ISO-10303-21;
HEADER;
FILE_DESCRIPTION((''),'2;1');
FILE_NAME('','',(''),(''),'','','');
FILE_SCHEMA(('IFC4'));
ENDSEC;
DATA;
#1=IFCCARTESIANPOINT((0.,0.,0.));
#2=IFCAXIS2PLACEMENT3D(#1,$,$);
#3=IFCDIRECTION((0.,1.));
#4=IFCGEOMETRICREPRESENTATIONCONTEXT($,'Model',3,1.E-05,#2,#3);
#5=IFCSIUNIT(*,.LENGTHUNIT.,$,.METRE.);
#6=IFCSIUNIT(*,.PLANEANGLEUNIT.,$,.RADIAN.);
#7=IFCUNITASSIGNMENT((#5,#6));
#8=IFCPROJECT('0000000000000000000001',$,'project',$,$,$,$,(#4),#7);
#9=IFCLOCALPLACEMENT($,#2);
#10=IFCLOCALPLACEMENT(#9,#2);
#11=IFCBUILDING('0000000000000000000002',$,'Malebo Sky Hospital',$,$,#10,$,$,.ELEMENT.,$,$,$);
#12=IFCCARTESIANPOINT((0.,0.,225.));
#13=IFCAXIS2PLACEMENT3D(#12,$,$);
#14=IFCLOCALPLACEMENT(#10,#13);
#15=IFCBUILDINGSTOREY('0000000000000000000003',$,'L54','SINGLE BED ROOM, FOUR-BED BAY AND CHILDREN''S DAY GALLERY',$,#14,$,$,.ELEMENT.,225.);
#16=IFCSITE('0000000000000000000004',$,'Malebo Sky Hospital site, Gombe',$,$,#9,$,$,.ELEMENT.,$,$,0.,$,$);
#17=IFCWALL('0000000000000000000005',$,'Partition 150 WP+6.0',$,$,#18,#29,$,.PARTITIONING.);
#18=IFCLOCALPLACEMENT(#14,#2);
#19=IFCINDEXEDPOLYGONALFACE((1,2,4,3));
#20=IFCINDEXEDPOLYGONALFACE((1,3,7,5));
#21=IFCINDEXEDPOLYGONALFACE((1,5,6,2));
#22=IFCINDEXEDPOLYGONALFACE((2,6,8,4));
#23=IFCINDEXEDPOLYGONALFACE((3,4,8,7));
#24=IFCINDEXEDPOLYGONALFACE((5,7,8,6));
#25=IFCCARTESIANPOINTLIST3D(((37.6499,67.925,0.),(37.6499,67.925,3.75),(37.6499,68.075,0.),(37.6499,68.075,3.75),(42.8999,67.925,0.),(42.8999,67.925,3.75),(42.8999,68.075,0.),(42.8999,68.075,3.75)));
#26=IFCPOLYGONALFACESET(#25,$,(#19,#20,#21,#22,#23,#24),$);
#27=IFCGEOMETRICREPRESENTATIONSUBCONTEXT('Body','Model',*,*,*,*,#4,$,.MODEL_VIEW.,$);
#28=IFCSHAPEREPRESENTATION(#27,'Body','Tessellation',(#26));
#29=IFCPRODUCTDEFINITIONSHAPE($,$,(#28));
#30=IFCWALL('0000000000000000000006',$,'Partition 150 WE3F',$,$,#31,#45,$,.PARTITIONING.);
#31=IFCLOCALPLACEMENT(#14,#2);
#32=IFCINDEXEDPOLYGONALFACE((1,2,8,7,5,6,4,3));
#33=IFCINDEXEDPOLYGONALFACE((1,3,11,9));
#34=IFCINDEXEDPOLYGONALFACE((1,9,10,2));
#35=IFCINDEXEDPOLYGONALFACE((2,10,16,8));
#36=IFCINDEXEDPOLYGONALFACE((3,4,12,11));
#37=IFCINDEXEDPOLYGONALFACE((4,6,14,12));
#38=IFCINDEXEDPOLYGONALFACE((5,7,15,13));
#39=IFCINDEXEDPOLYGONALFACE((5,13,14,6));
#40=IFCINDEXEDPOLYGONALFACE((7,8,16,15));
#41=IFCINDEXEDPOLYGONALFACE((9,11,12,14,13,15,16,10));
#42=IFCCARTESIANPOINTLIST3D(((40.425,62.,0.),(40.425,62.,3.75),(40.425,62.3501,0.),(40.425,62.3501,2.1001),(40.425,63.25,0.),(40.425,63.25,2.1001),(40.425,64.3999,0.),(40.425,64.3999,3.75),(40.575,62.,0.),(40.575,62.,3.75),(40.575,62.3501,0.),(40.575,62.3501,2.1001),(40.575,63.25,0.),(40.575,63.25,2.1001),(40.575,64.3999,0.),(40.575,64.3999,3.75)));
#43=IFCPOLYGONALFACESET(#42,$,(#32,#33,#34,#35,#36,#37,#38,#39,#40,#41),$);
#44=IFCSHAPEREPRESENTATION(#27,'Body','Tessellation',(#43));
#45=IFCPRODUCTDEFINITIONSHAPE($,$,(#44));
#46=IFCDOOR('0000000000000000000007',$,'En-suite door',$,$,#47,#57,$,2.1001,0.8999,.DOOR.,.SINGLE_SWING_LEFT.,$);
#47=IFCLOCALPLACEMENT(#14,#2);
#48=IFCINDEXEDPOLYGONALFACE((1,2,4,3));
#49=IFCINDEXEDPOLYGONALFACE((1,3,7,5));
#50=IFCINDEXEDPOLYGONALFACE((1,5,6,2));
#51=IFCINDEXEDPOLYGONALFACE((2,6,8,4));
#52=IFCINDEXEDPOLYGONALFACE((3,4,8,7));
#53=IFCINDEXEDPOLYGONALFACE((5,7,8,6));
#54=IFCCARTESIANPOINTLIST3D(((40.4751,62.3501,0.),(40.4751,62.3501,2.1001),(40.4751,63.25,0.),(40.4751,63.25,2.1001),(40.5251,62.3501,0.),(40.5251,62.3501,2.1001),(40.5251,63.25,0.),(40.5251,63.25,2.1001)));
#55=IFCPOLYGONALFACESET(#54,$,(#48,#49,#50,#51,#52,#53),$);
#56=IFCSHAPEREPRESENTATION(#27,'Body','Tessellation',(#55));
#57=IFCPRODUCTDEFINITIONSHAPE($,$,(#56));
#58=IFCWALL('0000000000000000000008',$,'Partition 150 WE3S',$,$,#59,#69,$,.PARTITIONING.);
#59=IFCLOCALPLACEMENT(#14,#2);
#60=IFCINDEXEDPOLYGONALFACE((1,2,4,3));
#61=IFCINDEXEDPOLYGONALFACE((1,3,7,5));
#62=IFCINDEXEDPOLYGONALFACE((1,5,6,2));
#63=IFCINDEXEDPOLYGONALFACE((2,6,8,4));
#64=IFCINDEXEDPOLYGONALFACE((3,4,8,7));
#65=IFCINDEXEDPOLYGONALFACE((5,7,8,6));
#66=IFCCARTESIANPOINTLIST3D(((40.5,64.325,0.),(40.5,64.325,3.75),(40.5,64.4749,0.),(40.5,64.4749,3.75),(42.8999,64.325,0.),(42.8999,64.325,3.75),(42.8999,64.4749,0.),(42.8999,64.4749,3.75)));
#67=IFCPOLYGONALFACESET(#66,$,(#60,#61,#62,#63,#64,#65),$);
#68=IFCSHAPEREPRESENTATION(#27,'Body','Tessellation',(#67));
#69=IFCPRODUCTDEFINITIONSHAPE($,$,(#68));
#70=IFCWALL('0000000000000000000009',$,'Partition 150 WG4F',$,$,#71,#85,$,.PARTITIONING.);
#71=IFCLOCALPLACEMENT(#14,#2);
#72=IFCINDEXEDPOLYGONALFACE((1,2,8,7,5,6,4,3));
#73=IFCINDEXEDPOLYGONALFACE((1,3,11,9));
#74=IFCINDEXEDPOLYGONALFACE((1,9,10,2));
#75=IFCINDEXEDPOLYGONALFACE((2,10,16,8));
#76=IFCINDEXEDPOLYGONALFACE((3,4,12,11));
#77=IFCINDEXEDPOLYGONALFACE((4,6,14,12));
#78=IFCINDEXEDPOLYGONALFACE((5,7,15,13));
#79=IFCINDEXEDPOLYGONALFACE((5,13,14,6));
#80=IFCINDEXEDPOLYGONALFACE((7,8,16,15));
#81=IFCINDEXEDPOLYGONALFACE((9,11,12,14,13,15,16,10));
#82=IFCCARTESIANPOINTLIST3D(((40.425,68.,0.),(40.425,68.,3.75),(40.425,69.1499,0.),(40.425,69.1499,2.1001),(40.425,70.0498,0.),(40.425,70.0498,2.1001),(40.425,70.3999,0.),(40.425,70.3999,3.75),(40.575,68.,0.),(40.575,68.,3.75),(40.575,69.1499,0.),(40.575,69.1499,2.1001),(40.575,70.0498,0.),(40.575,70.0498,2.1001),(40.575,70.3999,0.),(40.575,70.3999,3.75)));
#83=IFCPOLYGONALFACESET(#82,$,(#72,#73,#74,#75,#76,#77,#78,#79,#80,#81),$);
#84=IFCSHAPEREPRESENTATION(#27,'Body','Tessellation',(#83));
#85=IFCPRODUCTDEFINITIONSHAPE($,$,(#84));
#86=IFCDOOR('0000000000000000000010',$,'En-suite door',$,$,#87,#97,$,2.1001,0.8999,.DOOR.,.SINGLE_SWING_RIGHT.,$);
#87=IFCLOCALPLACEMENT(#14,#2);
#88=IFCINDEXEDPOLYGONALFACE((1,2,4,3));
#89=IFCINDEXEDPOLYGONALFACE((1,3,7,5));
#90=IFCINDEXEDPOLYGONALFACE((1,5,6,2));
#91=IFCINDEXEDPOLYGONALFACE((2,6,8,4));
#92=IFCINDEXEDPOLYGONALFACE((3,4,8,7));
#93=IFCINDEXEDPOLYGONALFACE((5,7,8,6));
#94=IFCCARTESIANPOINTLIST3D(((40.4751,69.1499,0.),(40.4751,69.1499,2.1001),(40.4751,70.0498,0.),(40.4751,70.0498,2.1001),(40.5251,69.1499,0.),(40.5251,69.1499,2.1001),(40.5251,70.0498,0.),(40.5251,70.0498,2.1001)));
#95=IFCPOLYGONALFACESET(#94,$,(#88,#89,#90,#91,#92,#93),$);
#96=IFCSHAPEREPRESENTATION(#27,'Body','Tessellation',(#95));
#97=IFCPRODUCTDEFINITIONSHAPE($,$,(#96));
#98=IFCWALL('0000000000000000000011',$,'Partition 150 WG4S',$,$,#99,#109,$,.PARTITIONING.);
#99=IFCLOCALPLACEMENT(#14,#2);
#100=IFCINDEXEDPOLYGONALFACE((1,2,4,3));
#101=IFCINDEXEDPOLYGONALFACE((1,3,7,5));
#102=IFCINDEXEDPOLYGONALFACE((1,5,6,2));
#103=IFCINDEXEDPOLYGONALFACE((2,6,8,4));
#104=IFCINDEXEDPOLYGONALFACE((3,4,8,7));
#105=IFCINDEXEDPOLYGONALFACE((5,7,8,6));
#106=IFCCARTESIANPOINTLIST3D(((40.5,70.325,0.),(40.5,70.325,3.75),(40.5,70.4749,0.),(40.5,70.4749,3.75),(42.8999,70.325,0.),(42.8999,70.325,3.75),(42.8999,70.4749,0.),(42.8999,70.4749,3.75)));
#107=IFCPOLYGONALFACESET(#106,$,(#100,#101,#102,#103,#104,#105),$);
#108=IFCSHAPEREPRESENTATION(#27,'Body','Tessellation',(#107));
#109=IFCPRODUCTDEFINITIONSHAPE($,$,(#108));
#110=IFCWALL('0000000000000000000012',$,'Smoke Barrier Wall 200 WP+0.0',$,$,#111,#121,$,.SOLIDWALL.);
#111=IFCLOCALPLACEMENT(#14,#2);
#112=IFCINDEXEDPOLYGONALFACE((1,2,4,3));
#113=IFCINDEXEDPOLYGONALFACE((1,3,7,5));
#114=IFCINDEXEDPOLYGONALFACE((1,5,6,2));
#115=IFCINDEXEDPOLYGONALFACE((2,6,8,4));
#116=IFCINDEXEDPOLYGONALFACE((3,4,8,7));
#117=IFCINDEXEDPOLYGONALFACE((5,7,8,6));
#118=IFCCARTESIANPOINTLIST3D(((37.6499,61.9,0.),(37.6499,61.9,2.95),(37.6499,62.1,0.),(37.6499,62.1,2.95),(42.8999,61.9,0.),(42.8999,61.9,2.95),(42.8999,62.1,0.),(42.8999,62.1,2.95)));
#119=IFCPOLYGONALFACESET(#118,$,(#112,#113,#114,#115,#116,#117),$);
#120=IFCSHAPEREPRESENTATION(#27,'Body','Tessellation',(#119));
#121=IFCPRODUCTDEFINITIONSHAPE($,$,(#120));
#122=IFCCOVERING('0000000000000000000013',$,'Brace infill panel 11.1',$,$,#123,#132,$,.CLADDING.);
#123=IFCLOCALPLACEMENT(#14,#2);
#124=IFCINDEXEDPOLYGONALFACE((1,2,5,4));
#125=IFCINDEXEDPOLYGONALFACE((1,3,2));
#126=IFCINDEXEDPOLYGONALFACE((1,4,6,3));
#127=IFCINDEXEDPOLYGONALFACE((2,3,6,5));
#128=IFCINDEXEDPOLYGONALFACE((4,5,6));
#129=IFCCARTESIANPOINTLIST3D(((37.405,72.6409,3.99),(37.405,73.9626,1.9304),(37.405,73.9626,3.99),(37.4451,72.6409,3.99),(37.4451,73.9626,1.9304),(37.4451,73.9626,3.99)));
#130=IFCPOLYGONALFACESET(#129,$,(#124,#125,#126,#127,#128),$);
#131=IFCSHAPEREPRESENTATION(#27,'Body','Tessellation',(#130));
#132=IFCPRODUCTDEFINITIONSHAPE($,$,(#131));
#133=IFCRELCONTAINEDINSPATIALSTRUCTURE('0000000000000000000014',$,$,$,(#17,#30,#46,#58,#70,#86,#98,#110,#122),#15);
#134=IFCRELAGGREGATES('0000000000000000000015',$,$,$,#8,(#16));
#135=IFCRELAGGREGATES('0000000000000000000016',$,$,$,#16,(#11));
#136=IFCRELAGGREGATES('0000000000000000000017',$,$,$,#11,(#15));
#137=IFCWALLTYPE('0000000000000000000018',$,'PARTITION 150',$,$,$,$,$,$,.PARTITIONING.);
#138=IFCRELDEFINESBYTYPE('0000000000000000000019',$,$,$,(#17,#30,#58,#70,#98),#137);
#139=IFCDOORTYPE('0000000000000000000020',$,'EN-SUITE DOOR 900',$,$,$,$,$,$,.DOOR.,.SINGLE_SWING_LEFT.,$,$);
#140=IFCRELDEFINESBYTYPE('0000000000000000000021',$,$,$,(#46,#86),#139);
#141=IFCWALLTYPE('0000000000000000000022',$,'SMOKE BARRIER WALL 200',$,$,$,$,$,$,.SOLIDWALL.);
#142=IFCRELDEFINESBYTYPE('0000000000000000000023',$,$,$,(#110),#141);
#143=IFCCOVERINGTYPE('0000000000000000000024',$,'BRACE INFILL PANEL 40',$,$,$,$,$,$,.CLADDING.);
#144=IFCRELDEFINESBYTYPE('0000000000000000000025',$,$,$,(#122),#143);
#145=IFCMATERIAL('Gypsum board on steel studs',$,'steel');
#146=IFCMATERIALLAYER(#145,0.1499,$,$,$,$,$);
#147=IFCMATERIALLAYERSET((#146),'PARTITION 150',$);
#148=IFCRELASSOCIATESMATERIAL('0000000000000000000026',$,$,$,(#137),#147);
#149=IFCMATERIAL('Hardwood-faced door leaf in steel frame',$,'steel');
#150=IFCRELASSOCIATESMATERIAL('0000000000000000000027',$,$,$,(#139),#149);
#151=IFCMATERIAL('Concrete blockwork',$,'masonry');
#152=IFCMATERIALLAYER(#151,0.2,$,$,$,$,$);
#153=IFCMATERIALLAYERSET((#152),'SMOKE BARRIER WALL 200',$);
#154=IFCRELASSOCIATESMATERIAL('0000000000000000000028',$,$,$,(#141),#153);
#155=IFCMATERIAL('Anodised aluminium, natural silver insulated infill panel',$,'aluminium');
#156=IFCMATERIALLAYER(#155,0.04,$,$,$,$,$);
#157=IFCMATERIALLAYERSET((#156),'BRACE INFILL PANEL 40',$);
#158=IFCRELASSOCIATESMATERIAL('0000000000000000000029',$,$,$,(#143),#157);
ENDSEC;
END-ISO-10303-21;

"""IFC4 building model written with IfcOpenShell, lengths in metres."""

from ifc_helpers import new_model, si_unit, direction, frame, frame_2d, origin, place, context, subcontext, project, spatial, polyline, rectangle, outline, extrude, material, layer, layer_set, type_object, element, fill, save


model = new_model("IFC4")

# Units and contexts
model_context = context("Model", 3, precision=1e-05, world=origin(), true_north=direction((0.0, 1.0)))
body_context = subcontext(model_context, "Body", "Model", "MODEL_VIEW")
ifc_project = project(units=[si_unit("LENGTHUNIT", "METRE"), si_unit("PLANEANGLEUNIT", "RADIAN")], contexts=[model_context])

# Site, building, storey
site_placement = place(None, origin())
site = spatial("IfcSite", under=ifc_project, at=site_placement, Name="Malebo Sky Hospital site, Gombe", CompositionType="ELEMENT", RefElevation=0.0)
building_placement = place(site_placement, origin())
building = spatial("IfcBuilding", under=site, at=building_placement, Name="Malebo Sky Hospital", CompositionType="ELEMENT")
storey_placement = place(building_placement, frame((0.0, 0.0, 225.0)))
storey = spatial("IfcBuildingStorey", under=building, at=storey_placement, Name="L54", Description="SINGLE BED ROOM, FOUR-BED BAY AND CHILDREN'S DAY GALLERY", CompositionType="ELEMENT", Elevation=225.0)

# Shared definitions
ifc_material_1 = material(Name="Gypsum board on steel studs", Category="steel")
ifc_material_2 = material(Name="Hardwood-faced door leaf in steel frame", Category="steel")

# Wall
ifc_layer_1 = layer(ifc_material_1, 0.1499)
ifc_layer_set_1 = layer_set([ifc_layer_1], Name="PARTITION 150")
wall_type_1 = type_object("IfcWallType", Name="PARTITION 150", PredefinedType="PARTITIONING", material=ifc_layer_set_1)
wall_1_placement = place(storey_placement, frame((42.8999, 68.0, 0.0), z_axis=(0.0, 0.0, 1.0), x_axis=(-1.0, 0.0, 0.0)))
element("IfcWall", 1, at=wall_1_placement, inside=storey, type_object=wall_type_1, Name="Partition 150 WP+6.0", PredefinedType="PARTITIONING", context=body_context, shape_type="SweptSolid", body=[
    extrude(rectangle(XDim=5.25, YDim=0.1499, at=frame_2d((2.625, 0.0))), origin(), (0.0, 0.0, 1.0), 3.75),
])

# Wall, opening, door
wall_2_placement = place(storey_placement, frame((40.5, 62.0, 0.0), z_axis=(0.0, 0.0, 1.0), x_axis=(0.0, 1.0, 0.0)))
wall_2 = element("IfcWall", 2, at=wall_2_placement, inside=storey, type_object=wall_type_1, Name="Partition 150 WE3F", PredefinedType="PARTITIONING", context=body_context, shape_type="SweptSolid", body=[
    extrude(rectangle(XDim=2.3999, YDim=0.1499, at=frame_2d((1.2, 0.0))), origin(), (0.0, 0.0, 1.0), 3.75),
])
opening_1_placement = place(wall_2_placement, frame((0.3501, 0.0, 0.0)))
opening_1 = element("IfcOpeningElement", 3, at=opening_1_placement, cuts=wall_2, PredefinedType="OPENING", context=body_context, shape_type="SweptSolid", body=[
    extrude(rectangle(XDim=0.8999, YDim=2.1001, at=frame_2d((0.45, 1.05))), frame((0.0, 0.085, 0.0), z_axis=(0.0, -1.0, 0.0), x_axis=(1.0, 0.0, 0.0)), (0.0, 0.0, 1.0), 0.1699),
])
door_type_1 = type_object("IfcDoorType", Name="EN-SUITE DOOR 900", OperationType="SINGLE_SWING_LEFT", PredefinedType="DOOR", material=ifc_material_2)
door_1_placement = place(opening_1_placement, origin())
door_1 = element("IfcDoor", 4, at=door_1_placement, inside=storey, type_object=door_type_1, Name="En-suite door", OperationType="SINGLE_SWING_LEFT", OverallHeight=2.1001, OverallWidth=0.8999, PredefinedType="DOOR", context=body_context, shape_type="SweptSolid", body=[
    extrude(rectangle(XDim=0.8999, YDim=2.1001, at=frame_2d((0.45, 1.05))), frame((0.0, 0.0249, 0.0), z_axis=(0.0, -1.0, 0.0), x_axis=(1.0, 0.0, 0.0)), (0.0, 0.0, 1.0), 0.05),
])
fill(opening_1, door_1)

# Wall
wall_3_placement = place(storey_placement, frame((42.8999, 64.3999, 0.0), z_axis=(0.0, 0.0, 1.0), x_axis=(-1.0, 0.0, 0.0)))
element("IfcWall", 5, at=wall_3_placement, inside=storey, type_object=wall_type_1, Name="Partition 150 WE3S", PredefinedType="PARTITIONING", context=body_context, shape_type="SweptSolid", body=[
    extrude(rectangle(XDim=2.3999, YDim=0.1499, at=frame_2d((1.2, 0.0))), origin(), (0.0, 0.0, 1.0), 3.75),
])

# Wall, opening, door
wall_4_placement = place(storey_placement, frame((40.5, 68.0, 0.0), z_axis=(0.0, 0.0, 1.0), x_axis=(0.0, 1.0, 0.0)))
wall_4 = element("IfcWall", 6, at=wall_4_placement, inside=storey, type_object=wall_type_1, Name="Partition 150 WG4F", PredefinedType="PARTITIONING", context=body_context, shape_type="SweptSolid", body=[
    extrude(rectangle(XDim=2.3999, YDim=0.1499, at=frame_2d((1.2, 0.0))), origin(), (0.0, 0.0, 1.0), 3.75),
])
opening_2_placement = place(wall_4_placement, frame((1.1499, 0.0, 0.0)))
opening_2 = element("IfcOpeningElement", 7, at=opening_2_placement, cuts=wall_4, PredefinedType="OPENING", context=body_context, shape_type="SweptSolid", body=[
    extrude(rectangle(XDim=0.8999, YDim=2.1001, at=frame_2d((0.45, 1.05))), frame((0.0, 0.085, 0.0), z_axis=(0.0, -1.0, 0.0), x_axis=(1.0, 0.0, 0.0)), (0.0, 0.0, 1.0), 0.1699),
])
door_2_placement = place(opening_2_placement, origin())
door_2 = element("IfcDoor", 8, at=door_2_placement, inside=storey, type_object=door_type_1, Name="En-suite door", OperationType="SINGLE_SWING_RIGHT", OverallHeight=2.1001, OverallWidth=0.8999, PredefinedType="DOOR", context=body_context, shape_type="SweptSolid", body=[
    extrude(rectangle(XDim=0.8999, YDim=2.1001, at=frame_2d((0.45, 1.05))), frame((0.0, 0.0249, 0.0), z_axis=(0.0, -1.0, 0.0), x_axis=(1.0, 0.0, 0.0)), (0.0, 0.0, 1.0), 0.05),
])
fill(opening_2, door_2)

# Walls
wall_5_placement = place(storey_placement, frame((42.8999, 70.3999, 0.0), z_axis=(0.0, 0.0, 1.0), x_axis=(-1.0, 0.0, 0.0)))
element("IfcWall", 9, at=wall_5_placement, inside=storey, type_object=wall_type_1, Name="Partition 150 WG4S", PredefinedType="PARTITIONING", context=body_context, shape_type="SweptSolid", body=[
    extrude(rectangle(XDim=2.3999, YDim=0.1499, at=frame_2d((1.2, 0.0))), origin(), (0.0, 0.0, 1.0), 3.75),
])
ifc_material_3 = material(Name="Concrete blockwork", Category="masonry")
ifc_layer_2 = layer(ifc_material_3, 0.2)
ifc_layer_set_2 = layer_set([ifc_layer_2], Name="SMOKE BARRIER WALL 200")
wall_type_2 = type_object("IfcWallType", Name="SMOKE BARRIER WALL 200", PredefinedType="SOLIDWALL", material=ifc_layer_set_2)
wall_6_placement = place(storey_placement, frame((42.8999, 62.0, 0.0), z_axis=(0.0, 0.0, 1.0), x_axis=(-1.0, 0.0, 0.0)))
element("IfcWall", 10, at=wall_6_placement, inside=storey, type_object=wall_type_2, Name="Smoke Barrier Wall 200 WP+0.0", PredefinedType="SOLIDWALL", context=body_context, shape_type="SweptSolid", body=[
    extrude(rectangle(XDim=5.25, YDim=0.2, at=frame_2d((2.625, 0.0))), origin(), (0.0, 0.0, 1.0), 2.95),
])

# Covering
ifc_material_4 = material(Name="Anodised aluminium, natural silver insulated infill panel", Category="aluminium")
ifc_layer_3 = layer(ifc_material_4, 0.04)
ifc_layer_set_3 = layer_set([ifc_layer_3], Name="BRACE INFILL PANEL 40")
covering_type = type_object("IfcCoveringType", Name="BRACE INFILL PANEL 40", PredefinedType="CLADDING", material=ifc_layer_set_3)
covering_placement = place(storey_placement, frame((37.425, 73.3018, 1.9304), z_axis=(0.0, 0.0, 1.0), x_axis=(0.0, 1.0, 0.0)))
element("IfcCovering", 11, at=covering_placement, inside=storey, type_object=covering_type, Name="Brace infill panel 11.1", PredefinedType="CLADDING", context=body_context, shape_type="SweptSolid", body=[
    extrude(outline(polyline([(0.6609, 0.0), (0.6609, 2.0596), (-0.6609, 2.0596), (0.6609, 0.0)])), frame((0.0, 0.02, 0.0), z_axis=(0.0, -1.0, 0.0), x_axis=(1.0, 0.0, 0.0)), (0.0, 0.0, 1.0), 0.04),
])

save(model, "model.ifc")
